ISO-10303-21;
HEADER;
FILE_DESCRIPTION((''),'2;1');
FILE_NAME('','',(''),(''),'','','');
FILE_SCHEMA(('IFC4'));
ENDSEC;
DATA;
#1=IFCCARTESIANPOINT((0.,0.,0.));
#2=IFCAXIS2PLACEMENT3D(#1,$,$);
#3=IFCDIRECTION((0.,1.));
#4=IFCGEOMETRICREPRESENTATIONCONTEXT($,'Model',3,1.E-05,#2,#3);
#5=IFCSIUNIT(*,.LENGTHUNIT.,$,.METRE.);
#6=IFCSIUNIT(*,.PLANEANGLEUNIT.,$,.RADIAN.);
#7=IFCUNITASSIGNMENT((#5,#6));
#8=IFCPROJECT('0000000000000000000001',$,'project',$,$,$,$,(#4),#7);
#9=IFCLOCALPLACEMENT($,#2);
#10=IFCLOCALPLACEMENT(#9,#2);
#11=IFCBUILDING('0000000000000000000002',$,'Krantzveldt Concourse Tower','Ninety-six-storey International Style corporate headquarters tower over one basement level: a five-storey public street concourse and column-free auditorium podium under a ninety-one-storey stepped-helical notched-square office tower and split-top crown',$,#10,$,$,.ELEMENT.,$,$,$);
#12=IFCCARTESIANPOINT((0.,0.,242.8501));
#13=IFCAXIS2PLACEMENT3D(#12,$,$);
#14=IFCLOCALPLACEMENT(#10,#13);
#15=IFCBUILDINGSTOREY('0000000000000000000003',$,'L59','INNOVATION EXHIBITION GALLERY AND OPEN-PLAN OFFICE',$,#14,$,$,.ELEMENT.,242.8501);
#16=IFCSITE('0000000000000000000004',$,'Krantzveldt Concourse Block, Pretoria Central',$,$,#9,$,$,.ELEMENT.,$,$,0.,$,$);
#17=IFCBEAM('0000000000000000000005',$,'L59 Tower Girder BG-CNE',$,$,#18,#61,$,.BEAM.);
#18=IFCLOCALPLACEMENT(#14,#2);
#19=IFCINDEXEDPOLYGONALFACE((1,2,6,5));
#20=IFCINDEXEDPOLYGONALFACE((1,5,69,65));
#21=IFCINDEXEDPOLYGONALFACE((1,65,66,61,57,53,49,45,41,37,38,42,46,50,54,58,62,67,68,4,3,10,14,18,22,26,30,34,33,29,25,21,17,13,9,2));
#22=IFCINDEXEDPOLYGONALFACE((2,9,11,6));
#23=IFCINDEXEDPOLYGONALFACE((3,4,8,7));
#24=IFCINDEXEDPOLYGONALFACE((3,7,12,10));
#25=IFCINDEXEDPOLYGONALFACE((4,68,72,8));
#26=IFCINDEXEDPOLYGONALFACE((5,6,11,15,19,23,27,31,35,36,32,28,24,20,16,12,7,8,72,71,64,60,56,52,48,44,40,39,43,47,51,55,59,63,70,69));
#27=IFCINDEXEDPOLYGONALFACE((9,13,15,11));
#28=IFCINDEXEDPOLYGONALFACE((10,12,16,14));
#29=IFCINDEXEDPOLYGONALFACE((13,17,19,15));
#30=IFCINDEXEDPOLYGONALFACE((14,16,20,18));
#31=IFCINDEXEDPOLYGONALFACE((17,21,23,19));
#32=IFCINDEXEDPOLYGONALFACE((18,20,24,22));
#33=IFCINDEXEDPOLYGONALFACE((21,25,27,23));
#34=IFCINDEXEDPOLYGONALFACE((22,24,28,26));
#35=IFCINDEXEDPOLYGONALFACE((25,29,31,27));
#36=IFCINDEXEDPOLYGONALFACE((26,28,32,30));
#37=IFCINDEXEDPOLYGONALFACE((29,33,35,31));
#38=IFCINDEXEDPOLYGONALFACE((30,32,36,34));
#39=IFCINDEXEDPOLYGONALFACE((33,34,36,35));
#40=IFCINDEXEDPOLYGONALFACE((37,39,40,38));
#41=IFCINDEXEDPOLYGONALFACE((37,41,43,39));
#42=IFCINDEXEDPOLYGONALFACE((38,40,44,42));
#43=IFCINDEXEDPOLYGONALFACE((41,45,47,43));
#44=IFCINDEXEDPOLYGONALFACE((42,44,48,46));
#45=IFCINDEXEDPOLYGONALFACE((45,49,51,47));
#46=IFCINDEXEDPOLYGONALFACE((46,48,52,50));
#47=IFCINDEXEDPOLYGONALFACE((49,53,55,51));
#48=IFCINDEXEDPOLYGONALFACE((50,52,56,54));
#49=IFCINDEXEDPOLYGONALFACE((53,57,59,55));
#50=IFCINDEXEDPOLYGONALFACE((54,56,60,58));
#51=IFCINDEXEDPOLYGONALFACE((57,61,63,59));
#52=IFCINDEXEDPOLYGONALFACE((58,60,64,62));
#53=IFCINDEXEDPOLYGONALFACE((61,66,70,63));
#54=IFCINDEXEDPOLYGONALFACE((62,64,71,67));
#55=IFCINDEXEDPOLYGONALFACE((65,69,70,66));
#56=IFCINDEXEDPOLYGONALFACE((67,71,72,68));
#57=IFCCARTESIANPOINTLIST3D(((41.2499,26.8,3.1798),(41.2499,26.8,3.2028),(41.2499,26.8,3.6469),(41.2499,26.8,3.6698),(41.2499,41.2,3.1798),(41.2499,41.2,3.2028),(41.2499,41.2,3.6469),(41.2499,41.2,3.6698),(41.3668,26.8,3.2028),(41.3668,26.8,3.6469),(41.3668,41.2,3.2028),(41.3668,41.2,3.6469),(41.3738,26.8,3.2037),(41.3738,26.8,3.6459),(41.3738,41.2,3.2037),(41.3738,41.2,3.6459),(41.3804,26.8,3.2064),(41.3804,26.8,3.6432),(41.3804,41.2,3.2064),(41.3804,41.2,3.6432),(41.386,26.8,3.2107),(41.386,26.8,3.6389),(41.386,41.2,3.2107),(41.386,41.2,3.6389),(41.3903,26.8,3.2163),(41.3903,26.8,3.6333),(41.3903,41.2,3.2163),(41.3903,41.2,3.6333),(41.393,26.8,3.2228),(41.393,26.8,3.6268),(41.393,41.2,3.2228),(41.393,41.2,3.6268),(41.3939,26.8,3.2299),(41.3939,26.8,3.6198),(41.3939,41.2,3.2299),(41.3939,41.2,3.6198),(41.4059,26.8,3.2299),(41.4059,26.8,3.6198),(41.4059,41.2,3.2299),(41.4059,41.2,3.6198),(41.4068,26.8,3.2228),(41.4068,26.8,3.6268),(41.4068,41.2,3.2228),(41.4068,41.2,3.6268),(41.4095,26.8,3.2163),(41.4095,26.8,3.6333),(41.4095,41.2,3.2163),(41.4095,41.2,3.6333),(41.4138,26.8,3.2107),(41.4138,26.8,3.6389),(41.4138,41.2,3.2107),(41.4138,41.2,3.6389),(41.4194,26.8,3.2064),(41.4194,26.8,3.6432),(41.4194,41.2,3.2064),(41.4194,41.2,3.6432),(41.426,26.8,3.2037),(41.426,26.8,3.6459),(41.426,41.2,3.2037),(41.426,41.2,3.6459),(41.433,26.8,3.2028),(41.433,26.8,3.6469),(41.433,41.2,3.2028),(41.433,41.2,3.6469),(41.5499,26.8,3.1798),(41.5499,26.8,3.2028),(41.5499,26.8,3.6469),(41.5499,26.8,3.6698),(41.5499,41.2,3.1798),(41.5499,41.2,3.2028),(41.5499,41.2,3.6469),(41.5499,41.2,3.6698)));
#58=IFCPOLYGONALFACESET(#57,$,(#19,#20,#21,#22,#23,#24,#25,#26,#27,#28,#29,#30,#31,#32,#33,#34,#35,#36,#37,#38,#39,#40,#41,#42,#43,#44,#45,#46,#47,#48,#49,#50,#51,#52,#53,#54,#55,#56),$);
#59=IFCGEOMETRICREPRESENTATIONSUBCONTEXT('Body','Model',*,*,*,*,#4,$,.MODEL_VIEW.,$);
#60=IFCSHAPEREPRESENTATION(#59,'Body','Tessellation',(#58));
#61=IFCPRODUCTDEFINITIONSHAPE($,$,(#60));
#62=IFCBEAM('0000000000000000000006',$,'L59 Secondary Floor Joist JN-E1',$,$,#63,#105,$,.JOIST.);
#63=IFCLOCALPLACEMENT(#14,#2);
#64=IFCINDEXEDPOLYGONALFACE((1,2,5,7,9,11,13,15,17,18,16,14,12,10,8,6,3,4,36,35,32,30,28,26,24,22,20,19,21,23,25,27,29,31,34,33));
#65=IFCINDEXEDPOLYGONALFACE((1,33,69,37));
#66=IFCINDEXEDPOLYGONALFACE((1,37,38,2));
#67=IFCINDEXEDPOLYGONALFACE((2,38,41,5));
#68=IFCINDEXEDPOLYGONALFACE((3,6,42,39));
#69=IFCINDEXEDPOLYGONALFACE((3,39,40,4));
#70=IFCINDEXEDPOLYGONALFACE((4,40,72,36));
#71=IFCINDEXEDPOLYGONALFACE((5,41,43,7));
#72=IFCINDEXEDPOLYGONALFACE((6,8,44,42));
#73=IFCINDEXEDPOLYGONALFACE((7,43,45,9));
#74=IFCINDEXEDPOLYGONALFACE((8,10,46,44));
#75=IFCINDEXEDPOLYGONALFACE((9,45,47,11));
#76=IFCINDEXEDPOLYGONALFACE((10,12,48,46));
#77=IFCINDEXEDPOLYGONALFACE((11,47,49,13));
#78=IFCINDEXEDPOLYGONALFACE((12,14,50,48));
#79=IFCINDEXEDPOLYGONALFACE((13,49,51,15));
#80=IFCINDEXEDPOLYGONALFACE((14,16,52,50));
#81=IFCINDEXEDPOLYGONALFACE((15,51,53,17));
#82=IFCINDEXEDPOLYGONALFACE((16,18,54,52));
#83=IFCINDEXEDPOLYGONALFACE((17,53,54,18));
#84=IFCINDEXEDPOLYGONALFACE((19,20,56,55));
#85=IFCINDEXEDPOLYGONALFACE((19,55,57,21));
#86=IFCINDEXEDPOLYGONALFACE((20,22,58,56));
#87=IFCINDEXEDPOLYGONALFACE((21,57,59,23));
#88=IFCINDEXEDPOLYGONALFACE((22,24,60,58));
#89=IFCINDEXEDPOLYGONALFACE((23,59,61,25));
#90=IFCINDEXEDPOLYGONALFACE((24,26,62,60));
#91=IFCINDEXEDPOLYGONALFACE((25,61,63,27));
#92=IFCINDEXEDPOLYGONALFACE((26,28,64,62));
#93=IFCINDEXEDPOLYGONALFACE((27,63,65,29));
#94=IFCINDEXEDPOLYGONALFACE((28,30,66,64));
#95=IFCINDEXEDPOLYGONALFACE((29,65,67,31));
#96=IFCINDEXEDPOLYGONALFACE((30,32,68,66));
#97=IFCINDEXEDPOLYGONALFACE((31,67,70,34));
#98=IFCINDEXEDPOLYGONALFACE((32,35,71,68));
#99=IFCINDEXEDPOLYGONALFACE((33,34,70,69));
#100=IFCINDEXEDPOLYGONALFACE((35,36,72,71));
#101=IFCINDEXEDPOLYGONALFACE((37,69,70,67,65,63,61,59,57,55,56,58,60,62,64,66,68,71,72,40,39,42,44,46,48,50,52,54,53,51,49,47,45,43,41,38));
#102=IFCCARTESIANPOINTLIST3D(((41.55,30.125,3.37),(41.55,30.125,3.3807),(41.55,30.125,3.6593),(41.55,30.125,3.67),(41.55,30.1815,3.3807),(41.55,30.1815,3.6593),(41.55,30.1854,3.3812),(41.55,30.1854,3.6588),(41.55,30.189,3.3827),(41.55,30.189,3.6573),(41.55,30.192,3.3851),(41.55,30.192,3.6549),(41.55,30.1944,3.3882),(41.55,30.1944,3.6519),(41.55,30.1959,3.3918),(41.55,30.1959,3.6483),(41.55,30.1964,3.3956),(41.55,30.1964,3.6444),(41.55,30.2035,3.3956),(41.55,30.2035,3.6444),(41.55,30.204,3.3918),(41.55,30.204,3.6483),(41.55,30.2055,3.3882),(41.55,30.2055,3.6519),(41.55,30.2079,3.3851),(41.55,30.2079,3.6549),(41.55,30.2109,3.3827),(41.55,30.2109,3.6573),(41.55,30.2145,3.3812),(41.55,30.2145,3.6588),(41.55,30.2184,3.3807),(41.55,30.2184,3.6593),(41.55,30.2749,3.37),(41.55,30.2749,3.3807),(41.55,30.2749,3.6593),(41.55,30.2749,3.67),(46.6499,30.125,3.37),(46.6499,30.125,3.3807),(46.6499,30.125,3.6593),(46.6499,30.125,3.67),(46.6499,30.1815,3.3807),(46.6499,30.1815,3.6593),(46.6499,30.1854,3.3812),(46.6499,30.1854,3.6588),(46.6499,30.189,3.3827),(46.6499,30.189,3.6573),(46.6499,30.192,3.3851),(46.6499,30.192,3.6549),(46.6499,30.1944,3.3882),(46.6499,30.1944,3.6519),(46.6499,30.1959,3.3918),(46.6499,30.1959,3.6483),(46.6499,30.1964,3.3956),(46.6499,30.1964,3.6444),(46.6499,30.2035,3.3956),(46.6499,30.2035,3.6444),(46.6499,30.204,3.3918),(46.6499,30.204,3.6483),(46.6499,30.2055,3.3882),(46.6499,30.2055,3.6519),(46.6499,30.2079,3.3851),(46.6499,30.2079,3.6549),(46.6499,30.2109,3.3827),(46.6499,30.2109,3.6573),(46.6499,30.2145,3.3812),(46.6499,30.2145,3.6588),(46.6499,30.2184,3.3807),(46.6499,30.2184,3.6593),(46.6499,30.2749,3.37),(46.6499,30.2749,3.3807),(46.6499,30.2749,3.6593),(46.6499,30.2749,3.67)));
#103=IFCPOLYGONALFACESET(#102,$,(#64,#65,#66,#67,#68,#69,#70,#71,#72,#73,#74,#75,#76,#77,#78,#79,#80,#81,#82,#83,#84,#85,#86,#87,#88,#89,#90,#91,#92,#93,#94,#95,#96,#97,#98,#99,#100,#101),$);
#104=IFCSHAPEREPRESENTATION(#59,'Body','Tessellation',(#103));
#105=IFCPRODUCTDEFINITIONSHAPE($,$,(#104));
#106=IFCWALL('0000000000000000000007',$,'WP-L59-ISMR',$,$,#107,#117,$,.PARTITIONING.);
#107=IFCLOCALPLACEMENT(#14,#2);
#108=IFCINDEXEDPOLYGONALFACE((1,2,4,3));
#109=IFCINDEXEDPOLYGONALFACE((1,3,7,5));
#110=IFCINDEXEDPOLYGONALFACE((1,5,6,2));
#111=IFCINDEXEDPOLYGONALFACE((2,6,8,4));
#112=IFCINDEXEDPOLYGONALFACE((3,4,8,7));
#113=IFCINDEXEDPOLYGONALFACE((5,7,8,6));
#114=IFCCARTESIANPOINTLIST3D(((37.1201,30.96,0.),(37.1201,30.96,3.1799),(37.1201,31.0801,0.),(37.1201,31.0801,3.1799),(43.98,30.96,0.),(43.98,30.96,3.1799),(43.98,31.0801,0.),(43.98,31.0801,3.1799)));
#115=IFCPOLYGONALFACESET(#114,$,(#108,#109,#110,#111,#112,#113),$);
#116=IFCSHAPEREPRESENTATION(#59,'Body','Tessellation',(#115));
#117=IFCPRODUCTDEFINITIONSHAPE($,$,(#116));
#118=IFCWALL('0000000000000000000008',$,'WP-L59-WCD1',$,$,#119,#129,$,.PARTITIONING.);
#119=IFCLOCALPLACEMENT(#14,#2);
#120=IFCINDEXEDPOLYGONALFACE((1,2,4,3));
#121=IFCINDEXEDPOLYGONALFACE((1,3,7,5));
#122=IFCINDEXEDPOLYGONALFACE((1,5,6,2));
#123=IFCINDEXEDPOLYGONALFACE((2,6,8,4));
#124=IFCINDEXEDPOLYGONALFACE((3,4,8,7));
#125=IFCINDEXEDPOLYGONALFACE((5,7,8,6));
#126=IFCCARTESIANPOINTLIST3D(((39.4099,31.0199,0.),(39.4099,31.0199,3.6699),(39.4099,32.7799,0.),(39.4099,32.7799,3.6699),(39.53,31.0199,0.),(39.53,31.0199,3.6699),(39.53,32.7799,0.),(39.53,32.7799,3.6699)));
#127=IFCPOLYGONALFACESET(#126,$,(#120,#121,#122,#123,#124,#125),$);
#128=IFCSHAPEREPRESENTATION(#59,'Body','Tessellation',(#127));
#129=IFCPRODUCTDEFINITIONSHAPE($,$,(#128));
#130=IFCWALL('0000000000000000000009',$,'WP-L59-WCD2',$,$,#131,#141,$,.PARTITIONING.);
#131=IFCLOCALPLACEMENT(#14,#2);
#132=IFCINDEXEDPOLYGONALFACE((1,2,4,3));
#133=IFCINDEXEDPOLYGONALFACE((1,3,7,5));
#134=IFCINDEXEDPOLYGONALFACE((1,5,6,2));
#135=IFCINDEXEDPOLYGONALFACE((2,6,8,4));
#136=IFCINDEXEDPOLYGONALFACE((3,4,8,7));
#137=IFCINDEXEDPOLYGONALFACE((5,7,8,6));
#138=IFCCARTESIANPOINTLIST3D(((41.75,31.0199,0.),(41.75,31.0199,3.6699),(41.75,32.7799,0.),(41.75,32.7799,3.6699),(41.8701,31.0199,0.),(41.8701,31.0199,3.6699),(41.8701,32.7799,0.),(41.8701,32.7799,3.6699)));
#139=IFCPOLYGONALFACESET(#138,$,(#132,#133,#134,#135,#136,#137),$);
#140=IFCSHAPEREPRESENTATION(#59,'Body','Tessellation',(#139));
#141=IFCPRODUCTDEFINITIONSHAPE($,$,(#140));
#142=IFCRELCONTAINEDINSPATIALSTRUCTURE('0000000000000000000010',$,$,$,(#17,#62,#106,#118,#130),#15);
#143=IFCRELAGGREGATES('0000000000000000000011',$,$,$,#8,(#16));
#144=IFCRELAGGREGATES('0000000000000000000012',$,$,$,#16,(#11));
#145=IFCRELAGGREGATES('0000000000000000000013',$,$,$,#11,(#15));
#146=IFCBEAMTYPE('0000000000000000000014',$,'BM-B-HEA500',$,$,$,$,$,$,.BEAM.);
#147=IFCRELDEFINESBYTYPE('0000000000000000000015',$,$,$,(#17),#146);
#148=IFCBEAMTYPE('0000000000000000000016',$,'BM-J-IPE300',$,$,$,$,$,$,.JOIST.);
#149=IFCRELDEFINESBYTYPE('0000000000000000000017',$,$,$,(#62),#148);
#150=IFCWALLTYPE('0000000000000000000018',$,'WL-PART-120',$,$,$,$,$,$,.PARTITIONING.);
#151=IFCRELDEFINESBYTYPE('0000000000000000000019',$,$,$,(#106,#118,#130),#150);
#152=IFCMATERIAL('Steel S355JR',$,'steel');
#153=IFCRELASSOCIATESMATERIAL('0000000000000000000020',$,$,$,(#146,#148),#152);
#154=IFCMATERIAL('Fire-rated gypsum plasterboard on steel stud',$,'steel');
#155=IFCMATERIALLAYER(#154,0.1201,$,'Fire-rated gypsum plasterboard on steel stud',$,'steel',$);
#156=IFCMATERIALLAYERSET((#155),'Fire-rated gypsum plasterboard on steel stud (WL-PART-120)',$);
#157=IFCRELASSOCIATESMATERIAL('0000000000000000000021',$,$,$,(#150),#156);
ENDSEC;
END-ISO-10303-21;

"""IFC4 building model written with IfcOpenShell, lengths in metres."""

from ifc_helpers import new_model, si_unit, direction, frame, frame_2d, origin, origin_2d, place, context, subcontext, project, spatial, rectangle, i_section, extrude, source, transform, mapped, material, layer, layer_set, material_profile, profile_set, type_object, type_shapes, element, save


model = new_model("IFC4")

# Units and contexts
model_context = context("Model", 3, precision=1e-05, world=origin(), true_north=direction((0.0, 1.0)))
body_context = subcontext(model_context, "Body", "Model", "MODEL_VIEW")
ifc_project = project(units=[si_unit("LENGTHUNIT", "METRE"), si_unit("PLANEANGLEUNIT", "RADIAN")], contexts=[model_context])

# Site, building, storey
site_placement = place(None, origin())
site = spatial("IfcSite", under=ifc_project, at=site_placement, Name="Krantzveldt Concourse Block, Pretoria Central", CompositionType="ELEMENT", RefElevation=0.0)
building_placement = place(site_placement, origin())
building = spatial("IfcBuilding", under=site, at=building_placement, Name="Krantzveldt Concourse Tower", Description="Ninety-six-storey International Style corporate headquarters tower over one basement level: a five-storey public street concourse and column-free auditorium podium under a ninety-one-storey stepped-helical notched-square office tower and split-top crown", CompositionType="ELEMENT")
storey_placement = place(building_placement, frame((0.0, 0.0, 242.8501)))
storey = spatial("IfcBuildingStorey", under=building, at=storey_placement, Name="L59", Description="INNOVATION EXHIBITION GALLERY AND OPEN-PLAN OFFICE", CompositionType="ELEMENT", Elevation=242.8501)

# Beams
ifc_material_1 = material(Name="Steel S355JR", Category="steel")
ifc_material_profile_1 = material_profile(ifc_material_1, i_section(OverallWidth=0.3, OverallDepth=0.49, WebThickness=0.012, FlangeThickness=0.0229, FilletRadius=0.0271, at=origin_2d()), Name="Steel S355JR", Category="steel")
ifc_profile_set_1 = profile_set([ifc_material_profile_1], Name="Steel S355JR - HEA 500")
beam_type_1 = type_object("IfcBeamType", Name="BM-B-HEA500", PredefinedType="BEAM", material=ifc_profile_set_1)
shared_shape_1 = source(origin(), body_context, "Body", "SweptSolid", [
    extrude(i_section(OverallWidth=0.3, OverallDepth=0.49, WebThickness=0.012, FlangeThickness=0.0229, FilletRadius=0.0271, at=origin_2d()), origin(), (0.0, 0.0, 1.0), 14.3999),
])
type_shapes(beam_type_1, [shared_shape_1])
beam_1_placement = place(storey_placement, frame((41.3999, 26.8, 3.4248), z_axis=(0.0, 1.0, 0.0), x_axis=(-1.0, 0.0, 0.0)))
element("IfcBeam", 1, at=beam_1_placement, inside=storey, type_object=beam_type_1, Name="L59 Tower Girder BG-CNE", PredefinedType="BEAM", context=body_context, shape_type="MappedRepresentation", body=[
    mapped(shared_shape_1, transform((0.0, 0.0, 0.0), x_axis=(1.0, 0.0, 0.0), y_axis=(0.0, 1.0, 0.0), z_axis=(0.0, 0.0, 1.0), scale=1.0)),
])
ifc_material_profile_2 = material_profile(ifc_material_1, i_section(OverallWidth=0.1499, OverallDepth=0.3, WebThickness=0.0071, FlangeThickness=0.0107, FilletRadius=0.0149, at=origin_2d()), Name="Steel S355JR", Category="steel")
ifc_profile_set_2 = profile_set([ifc_material_profile_2], Name="Steel S355JR - IPE 300")
beam_type_2 = type_object("IfcBeamType", Name="BM-J-IPE300", PredefinedType="JOIST", material=ifc_profile_set_2)
shared_shape_2 = source(origin(), body_context, "Body", "SweptSolid", [
    extrude(i_section(OverallWidth=0.1499, OverallDepth=0.3, WebThickness=0.0071, FlangeThickness=0.0107, FilletRadius=0.0149, at=origin_2d()), origin(), (0.0, 0.0, 1.0), 5.0999),
])
type_shapes(beam_type_2, [shared_shape_2])
beam_2_placement = place(storey_placement, frame((41.55, 30.2, 3.52), z_axis=(1.0, 0.0, 0.0), x_axis=(0.0, 1.0, 0.0)))
element("IfcBeam", 2, at=beam_2_placement, inside=storey, type_object=beam_type_2, Name="L59 Secondary Floor Joist JN-E1", PredefinedType="JOIST", context=body_context, shape_type="MappedRepresentation", body=[
    mapped(shared_shape_2, transform((0.0, 0.0, 0.0), x_axis=(1.0, 0.0, 0.0), y_axis=(0.0, 1.0, 0.0), z_axis=(0.0, 0.0, 1.0), scale=1.0)),
])

# Walls
ifc_material_2 = material(Name="Fire-rated gypsum plasterboard on steel stud", Category="steel")
ifc_layer_1 = layer(ifc_material_2, 0.1201, Name="Fire-rated gypsum plasterboard on steel stud", Category="steel")
ifc_layer_set_1 = layer_set([ifc_layer_1], Name="Fire-rated gypsum plasterboard on steel stud (WL-PART-120)")
wall_type_1 = type_object("IfcWallType", Name="WL-PART-120", PredefinedType="PARTITIONING", material=ifc_layer_set_1)
wall_1_placement = place(storey_placement, frame((37.1201, 31.02, 0.0), z_axis=(0.0, 0.0, 1.0), x_axis=(1.0, 0.0, 0.0)))
element("IfcWall", 3, at=wall_1_placement, inside=storey, type_object=wall_type_1, Name="WP-L59-ISMR", PredefinedType="PARTITIONING", context=body_context, shape_type="SweptSolid", body=[
    extrude(rectangle(XDim=6.8599, YDim=0.1201, at=frame_2d((3.4299, 0.0))), origin(), (0.0, 0.0, 1.0), 3.1799),
])
for number, where, z_axis, x_axis, name in (
    (4, (39.47, 31.02, 0.0), (0.0, 0.0, 1.0), (0.0, 1.0, 0.0), "WP-L59-WCD1"),
    (5, (41.8101, 31.02, 0.0), (0.0, 0.0, 1.0), (0.0, 1.0, 0.0), "WP-L59-WCD2"),
):
    element("IfcWall", number, at=place(storey_placement, frame(where, z_axis=z_axis, x_axis=x_axis)), inside=storey, type_object=wall_type_1, Name=name, PredefinedType="PARTITIONING", context=body_context, shape_type="SweptSolid", body=[
        extrude(rectangle(XDim=1.76, YDim=0.1201, at=frame_2d((0.8799, 0.0))), origin(), (0.0, 0.0, 1.0), 3.6699),
    ])

save(model, "model.ifc")
